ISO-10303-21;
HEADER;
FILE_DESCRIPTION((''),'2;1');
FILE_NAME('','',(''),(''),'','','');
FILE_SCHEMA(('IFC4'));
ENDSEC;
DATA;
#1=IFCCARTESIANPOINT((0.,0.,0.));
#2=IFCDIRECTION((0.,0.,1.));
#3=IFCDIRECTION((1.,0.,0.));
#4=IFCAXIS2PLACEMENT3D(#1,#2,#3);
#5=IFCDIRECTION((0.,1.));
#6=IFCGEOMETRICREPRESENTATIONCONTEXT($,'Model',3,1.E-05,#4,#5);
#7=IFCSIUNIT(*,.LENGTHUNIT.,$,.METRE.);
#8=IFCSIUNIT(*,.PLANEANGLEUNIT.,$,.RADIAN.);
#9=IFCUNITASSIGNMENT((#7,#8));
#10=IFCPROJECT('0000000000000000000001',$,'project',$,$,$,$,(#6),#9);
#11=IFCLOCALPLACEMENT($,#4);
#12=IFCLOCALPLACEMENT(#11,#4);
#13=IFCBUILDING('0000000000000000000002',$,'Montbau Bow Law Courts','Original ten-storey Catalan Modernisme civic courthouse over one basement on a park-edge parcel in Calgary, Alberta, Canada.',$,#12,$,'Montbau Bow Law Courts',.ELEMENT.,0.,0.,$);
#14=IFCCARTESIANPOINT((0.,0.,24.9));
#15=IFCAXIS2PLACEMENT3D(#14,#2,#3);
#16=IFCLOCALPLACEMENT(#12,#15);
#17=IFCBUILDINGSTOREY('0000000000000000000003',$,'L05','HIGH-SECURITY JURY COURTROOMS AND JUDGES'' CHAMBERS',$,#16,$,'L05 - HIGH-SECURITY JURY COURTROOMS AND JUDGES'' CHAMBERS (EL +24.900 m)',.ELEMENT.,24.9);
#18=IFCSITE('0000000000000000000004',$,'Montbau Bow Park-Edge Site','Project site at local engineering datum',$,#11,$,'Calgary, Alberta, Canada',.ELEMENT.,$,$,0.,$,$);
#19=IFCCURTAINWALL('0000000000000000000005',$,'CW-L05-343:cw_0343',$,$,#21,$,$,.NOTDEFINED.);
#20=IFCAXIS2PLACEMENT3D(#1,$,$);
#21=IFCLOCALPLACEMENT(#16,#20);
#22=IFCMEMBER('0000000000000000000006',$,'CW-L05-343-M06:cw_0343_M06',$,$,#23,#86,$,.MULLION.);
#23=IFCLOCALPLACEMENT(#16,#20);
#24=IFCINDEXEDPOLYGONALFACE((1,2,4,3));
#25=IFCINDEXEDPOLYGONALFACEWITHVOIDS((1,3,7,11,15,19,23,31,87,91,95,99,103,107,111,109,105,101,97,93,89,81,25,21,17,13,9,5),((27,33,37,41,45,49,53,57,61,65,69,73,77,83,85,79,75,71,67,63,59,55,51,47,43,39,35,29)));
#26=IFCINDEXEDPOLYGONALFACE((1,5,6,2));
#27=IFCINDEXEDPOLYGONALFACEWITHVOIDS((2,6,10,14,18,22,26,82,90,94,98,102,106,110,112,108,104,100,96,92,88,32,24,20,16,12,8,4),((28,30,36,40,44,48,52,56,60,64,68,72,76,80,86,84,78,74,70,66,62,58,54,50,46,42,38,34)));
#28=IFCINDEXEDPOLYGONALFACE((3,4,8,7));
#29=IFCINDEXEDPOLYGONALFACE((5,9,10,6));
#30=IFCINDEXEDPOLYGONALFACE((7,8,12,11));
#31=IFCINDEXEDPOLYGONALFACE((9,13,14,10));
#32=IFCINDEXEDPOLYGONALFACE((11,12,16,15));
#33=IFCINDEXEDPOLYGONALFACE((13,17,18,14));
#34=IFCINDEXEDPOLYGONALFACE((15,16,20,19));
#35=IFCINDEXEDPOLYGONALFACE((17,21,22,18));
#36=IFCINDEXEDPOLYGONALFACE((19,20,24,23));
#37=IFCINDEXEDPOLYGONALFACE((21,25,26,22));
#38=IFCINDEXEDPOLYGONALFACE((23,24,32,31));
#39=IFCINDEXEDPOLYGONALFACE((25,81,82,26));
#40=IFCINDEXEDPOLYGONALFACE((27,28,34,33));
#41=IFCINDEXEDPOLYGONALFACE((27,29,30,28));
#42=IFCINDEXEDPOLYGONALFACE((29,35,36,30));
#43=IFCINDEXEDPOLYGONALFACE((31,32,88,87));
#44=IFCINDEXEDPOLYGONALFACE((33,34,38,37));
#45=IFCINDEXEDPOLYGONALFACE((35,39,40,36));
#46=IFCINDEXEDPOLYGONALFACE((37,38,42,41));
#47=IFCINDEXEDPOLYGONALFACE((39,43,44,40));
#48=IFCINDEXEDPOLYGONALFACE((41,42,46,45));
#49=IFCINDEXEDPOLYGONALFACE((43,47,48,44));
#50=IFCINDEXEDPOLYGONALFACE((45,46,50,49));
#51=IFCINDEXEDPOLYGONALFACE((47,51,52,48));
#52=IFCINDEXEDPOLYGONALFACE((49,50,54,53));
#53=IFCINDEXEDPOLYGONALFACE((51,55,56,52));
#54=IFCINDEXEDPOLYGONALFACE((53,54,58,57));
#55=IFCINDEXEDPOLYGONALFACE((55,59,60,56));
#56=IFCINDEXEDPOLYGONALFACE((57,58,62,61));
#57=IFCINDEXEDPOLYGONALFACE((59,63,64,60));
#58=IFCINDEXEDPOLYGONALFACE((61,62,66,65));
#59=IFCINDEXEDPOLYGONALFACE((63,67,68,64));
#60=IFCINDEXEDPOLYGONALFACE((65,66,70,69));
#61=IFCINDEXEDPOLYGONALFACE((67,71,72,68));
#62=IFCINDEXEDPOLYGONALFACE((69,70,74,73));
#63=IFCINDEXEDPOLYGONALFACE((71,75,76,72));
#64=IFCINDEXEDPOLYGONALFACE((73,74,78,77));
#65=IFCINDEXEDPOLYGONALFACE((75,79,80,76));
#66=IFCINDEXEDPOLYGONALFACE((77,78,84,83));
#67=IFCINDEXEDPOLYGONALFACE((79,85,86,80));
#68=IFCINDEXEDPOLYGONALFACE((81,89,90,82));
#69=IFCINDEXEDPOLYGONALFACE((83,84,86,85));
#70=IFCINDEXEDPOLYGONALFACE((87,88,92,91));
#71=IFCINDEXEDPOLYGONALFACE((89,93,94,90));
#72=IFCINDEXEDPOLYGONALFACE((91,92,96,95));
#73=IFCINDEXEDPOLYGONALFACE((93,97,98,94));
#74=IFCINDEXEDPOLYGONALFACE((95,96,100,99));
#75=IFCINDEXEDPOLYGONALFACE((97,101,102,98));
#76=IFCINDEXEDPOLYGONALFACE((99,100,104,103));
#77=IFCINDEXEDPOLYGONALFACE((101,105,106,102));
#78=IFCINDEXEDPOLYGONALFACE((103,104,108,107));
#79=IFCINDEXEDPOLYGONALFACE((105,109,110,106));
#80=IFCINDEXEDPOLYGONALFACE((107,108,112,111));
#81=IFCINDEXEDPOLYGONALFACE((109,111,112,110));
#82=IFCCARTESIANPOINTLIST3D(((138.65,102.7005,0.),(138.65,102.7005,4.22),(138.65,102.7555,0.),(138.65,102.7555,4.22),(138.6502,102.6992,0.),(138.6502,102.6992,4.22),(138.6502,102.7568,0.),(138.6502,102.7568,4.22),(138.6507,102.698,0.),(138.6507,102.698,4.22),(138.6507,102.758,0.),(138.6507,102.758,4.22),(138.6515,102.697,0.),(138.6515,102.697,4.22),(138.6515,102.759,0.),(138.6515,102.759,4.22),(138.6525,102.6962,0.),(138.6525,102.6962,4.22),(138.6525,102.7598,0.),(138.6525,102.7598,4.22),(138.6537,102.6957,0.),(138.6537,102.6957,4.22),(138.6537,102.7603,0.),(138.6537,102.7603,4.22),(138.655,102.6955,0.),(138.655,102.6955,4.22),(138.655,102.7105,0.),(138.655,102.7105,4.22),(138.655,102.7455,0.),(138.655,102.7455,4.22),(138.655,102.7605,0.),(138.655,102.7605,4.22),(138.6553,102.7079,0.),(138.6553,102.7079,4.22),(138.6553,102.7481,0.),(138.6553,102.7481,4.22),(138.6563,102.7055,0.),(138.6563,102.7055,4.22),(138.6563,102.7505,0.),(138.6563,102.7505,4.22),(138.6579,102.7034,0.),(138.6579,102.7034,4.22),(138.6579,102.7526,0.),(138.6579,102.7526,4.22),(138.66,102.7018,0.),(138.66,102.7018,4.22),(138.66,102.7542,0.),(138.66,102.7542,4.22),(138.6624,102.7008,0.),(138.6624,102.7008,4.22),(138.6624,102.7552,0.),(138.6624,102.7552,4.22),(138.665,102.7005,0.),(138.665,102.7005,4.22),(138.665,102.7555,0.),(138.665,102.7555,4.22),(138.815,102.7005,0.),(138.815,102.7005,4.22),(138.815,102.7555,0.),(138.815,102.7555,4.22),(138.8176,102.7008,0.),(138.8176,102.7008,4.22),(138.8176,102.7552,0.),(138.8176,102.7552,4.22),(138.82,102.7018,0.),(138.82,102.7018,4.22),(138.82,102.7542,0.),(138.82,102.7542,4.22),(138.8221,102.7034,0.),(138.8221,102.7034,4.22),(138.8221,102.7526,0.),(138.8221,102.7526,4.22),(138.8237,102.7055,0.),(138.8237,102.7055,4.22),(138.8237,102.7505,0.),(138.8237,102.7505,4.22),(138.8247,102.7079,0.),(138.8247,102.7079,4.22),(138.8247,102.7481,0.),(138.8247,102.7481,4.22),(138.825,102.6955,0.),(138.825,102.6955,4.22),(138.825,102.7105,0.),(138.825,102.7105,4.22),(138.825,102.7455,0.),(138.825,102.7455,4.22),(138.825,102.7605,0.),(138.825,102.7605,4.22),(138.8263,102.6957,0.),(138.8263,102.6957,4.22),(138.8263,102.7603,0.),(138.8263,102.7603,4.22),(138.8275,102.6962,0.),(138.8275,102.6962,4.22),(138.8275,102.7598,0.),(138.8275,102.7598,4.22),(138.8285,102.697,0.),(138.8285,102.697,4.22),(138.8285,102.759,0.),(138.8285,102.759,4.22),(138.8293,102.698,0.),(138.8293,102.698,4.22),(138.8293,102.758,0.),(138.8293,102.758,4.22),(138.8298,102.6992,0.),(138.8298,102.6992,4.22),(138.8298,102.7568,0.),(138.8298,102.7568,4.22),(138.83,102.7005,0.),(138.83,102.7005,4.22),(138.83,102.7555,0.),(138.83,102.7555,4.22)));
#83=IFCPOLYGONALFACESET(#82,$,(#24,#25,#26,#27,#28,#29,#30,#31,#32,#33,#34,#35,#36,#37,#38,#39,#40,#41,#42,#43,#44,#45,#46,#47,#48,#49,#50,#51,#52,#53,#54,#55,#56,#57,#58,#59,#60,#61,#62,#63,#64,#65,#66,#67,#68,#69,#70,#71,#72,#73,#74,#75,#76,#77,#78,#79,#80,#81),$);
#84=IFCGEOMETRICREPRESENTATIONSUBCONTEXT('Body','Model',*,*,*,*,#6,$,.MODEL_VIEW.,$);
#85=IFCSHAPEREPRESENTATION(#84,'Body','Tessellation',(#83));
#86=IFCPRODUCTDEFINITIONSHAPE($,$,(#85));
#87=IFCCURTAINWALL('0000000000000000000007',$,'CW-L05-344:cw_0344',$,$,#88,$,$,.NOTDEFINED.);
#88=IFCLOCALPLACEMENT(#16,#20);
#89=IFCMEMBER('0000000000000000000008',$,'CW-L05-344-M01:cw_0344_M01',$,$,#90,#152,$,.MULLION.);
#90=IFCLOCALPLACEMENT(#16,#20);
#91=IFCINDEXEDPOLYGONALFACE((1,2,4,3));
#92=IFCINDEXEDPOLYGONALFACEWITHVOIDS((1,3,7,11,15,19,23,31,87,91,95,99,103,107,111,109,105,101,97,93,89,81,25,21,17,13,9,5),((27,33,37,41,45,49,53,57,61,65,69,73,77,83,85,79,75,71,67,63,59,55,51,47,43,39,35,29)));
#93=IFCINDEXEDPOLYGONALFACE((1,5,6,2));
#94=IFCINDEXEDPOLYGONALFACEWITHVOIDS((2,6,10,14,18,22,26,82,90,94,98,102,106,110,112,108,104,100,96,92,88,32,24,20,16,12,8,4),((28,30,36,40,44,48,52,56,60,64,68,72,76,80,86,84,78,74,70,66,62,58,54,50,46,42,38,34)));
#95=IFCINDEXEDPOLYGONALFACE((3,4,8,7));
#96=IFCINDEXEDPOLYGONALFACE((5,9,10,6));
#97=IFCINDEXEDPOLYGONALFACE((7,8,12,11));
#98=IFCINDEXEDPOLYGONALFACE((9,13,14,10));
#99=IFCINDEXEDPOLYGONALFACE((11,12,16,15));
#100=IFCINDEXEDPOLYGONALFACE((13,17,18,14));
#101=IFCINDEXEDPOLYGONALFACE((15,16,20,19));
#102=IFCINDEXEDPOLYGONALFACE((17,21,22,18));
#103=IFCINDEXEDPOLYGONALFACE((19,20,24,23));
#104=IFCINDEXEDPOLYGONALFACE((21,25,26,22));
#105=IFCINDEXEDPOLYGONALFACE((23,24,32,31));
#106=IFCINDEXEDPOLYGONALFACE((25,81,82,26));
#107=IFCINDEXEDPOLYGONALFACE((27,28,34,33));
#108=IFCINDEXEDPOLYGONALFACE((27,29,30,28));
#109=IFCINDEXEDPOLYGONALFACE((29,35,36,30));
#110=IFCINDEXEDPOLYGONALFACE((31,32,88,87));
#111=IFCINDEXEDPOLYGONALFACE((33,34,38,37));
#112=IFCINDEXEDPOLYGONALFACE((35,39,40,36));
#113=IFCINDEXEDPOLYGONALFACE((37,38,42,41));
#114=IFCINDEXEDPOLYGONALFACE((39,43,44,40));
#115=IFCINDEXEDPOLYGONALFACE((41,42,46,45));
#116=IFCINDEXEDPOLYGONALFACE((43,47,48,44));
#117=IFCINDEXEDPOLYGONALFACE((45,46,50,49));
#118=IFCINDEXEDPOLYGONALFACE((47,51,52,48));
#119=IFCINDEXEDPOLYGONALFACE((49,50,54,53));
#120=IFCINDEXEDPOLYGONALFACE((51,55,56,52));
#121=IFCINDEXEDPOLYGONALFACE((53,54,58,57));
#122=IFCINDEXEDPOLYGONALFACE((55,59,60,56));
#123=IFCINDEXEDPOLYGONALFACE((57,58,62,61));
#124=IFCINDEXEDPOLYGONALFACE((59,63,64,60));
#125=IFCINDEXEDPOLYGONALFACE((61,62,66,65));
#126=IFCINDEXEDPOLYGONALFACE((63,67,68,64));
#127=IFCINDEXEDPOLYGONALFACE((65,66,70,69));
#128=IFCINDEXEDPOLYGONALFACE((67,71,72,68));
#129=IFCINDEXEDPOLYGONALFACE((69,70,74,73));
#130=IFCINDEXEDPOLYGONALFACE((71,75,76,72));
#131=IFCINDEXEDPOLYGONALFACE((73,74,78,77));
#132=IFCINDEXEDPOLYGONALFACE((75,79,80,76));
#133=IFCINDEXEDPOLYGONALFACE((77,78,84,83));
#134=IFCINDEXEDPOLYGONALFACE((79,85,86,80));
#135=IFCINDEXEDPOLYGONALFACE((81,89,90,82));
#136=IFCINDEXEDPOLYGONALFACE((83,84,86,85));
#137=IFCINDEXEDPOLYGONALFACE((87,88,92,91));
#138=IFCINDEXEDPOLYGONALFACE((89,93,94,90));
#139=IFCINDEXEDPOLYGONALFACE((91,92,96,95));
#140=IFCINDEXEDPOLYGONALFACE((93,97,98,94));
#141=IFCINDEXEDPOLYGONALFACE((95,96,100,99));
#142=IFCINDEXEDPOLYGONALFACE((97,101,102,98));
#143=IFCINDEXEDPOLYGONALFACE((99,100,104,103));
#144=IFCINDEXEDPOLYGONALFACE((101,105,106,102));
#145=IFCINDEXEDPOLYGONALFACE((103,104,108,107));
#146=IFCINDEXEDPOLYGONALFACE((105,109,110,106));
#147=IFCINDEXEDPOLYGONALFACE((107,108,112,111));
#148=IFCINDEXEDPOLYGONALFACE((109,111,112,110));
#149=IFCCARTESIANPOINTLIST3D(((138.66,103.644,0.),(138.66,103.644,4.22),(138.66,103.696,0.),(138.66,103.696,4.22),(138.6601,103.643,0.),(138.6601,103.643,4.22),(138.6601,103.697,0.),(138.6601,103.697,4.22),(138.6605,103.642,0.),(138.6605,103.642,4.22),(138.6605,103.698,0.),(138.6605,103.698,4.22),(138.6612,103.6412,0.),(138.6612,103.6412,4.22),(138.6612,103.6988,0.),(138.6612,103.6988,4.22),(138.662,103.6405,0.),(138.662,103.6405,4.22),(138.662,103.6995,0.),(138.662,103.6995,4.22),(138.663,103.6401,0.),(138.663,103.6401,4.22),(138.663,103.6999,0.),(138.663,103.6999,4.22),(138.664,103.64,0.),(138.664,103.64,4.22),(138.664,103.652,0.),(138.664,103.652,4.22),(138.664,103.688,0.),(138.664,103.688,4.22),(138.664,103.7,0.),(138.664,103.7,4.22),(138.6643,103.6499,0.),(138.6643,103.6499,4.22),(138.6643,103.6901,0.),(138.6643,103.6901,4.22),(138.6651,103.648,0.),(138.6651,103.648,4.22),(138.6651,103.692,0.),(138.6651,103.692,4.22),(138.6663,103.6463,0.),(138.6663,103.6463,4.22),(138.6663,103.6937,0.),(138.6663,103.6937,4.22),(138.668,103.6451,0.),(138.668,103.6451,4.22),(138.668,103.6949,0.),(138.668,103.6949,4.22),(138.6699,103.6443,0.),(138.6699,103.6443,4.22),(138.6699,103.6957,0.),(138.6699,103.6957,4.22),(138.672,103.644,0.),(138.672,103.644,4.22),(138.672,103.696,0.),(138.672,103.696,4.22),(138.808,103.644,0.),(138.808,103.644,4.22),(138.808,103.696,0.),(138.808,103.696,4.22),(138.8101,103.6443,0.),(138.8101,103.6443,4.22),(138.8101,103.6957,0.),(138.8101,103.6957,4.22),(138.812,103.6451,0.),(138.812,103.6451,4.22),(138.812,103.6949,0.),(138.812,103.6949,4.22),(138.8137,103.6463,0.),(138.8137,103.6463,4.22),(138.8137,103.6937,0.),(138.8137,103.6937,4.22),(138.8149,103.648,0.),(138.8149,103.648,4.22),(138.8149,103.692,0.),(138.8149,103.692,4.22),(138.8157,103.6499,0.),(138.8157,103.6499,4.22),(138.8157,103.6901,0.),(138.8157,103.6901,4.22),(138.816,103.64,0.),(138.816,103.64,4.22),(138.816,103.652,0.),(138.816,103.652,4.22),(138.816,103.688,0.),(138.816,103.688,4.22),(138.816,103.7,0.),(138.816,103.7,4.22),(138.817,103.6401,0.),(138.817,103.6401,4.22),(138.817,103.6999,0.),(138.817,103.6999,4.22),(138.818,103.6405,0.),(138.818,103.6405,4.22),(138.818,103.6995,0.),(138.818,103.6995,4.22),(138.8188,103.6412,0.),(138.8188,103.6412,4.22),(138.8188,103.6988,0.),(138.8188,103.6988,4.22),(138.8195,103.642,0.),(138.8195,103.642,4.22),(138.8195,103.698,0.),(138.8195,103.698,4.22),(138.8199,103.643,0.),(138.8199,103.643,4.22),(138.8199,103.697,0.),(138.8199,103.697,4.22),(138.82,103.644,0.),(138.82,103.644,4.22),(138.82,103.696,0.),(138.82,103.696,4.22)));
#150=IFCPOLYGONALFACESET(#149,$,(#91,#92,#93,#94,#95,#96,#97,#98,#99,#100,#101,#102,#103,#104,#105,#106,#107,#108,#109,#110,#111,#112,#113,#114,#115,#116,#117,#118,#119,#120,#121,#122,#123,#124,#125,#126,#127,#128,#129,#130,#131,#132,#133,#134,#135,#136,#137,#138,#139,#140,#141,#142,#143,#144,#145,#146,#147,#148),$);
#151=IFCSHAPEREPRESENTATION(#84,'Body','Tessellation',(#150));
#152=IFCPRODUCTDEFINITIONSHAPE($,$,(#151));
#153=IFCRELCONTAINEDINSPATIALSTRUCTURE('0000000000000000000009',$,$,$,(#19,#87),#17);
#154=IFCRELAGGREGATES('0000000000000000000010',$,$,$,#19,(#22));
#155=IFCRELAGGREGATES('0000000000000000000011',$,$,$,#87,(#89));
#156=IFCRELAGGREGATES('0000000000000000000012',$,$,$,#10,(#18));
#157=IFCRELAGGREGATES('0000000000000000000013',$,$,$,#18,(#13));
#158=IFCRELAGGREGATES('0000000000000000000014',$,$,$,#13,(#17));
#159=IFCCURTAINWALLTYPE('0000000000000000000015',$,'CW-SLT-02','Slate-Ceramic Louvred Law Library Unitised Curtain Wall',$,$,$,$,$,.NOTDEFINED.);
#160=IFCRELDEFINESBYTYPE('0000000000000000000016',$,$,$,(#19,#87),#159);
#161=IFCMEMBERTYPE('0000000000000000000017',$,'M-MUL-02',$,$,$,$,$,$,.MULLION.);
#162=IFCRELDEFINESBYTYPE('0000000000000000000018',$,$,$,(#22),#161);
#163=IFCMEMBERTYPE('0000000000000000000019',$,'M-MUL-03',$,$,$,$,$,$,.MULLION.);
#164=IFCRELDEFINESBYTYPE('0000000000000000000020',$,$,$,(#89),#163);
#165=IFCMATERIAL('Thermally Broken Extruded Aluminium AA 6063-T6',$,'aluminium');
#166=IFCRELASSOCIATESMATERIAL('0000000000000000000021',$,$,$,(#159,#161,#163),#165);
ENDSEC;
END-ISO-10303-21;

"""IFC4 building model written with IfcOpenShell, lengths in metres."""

from ifc_helpers import new_model, si_unit, direction, frame, origin_with_axes, origin_2d_with_axis, place, context, subcontext, project, spatial, hollow_rectangle, extrude, material, material_profile, profile_set, type_object, element, aggregate, save


model = new_model("IFC4")

# Units and contexts
model_context = context("Model", 3, precision=1e-05, world=origin_with_axes(), true_north=direction((0.0, 1.0)))
body_context = subcontext(model_context, "Body", "Model", "MODEL_VIEW")
ifc_project = project(units=[si_unit("LENGTHUNIT", "METRE"), si_unit("PLANEANGLEUNIT", "RADIAN")], contexts=[model_context])

# Site, building, storey
site_placement = place(None, origin_with_axes())
site = spatial("IfcSite", under=ifc_project, at=site_placement, Name="Montbau Bow Park-Edge Site", Description="Project site at local engineering datum", LongName="Calgary, Alberta, Canada", CompositionType="ELEMENT", RefElevation=0.0)
building_placement = place(site_placement, origin_with_axes())
building = spatial("IfcBuilding", under=site, at=building_placement, Name="Montbau Bow Law Courts", Description="Original ten-storey Catalan Modernisme civic courthouse over one basement on a park-edge parcel in Calgary, Alberta, Canada.", LongName="Montbau Bow Law Courts", CompositionType="ELEMENT", ElevationOfRefHeight=0.0, ElevationOfTerrain=0.0)
storey_placement = place(building_placement, frame((0.0, 0.0, 24.9), z_axis=(0.0, 0.0, 1.0), x_axis=(1.0, 0.0, 0.0)))
storey = spatial("IfcBuildingStorey", under=building, at=storey_placement, Name="L05", Description="HIGH-SECURITY JURY COURTROOMS AND JUDGES' CHAMBERS", LongName="L05 - HIGH-SECURITY JURY COURTROOMS AND JUDGES' CHAMBERS (EL +24.900 m)", CompositionType="ELEMENT", Elevation=24.9)

# Curtain wall, member
ifc_material_1 = material(Name="Thermally Broken Extruded Aluminium AA 6063-T6", Category="aluminium")
curtain_wall_type = type_object("IfcCurtainWallType", Name="CW-SLT-02", Description="Slate-Ceramic Louvred Law Library Unitised Curtain Wall", PredefinedType="NOTDEFINED", material=ifc_material_1)
curtain_wall_1_placement = place(None, frame((138.74, 95.24, 24.9), z_axis=(0.0, 0.0, 1.0), x_axis=(1.0, 0.0, 0.0)))
curtain_wall_1 = element("IfcCurtainWall", 1, at=curtain_wall_1_placement, inside=storey, type_object=curtain_wall_type, Name="CW-L05-343:cw_0343", PredefinedType="NOTDEFINED")
ifc_material_profile_1 = material_profile(ifc_material_1, hollow_rectangle(XDim=0.065, YDim=0.18, WallThickness=0.005, InnerFilletRadius=0.01, OuterFilletRadius=0.005, at=origin_2d_with_axis()), Name="CWM-180X65", Category="Main", Priority=0)
ifc_profile_set_1 = profile_set([ifc_material_profile_1], Name="Thermally Broken Extruded Aluminium AA 6063-T6")
member_type_1 = type_object("IfcMemberType", Name="M-MUL-02", PredefinedType="MULLION", material=ifc_profile_set_1)
member_1_placement = place(None, frame((138.74, 102.728, 24.9), z_axis=(0.0, 0.0, 1.0), x_axis=(0.0, 1.0, 0.0)))
member_1 = element("IfcMember", 2, at=member_1_placement, type_object=member_type_1, Name="CW-L05-343-M06:cw_0343_M06", PredefinedType="MULLION", context=body_context, shape_type="SweptSolid", body=[
    extrude(hollow_rectangle(XDim=0.065, YDim=0.18, WallThickness=0.005, InnerFilletRadius=0.01, OuterFilletRadius=0.005, at=origin_2d_with_axis()), origin_with_axes(), (0.0, 0.0, 1.0), 4.22),
])
aggregate(curtain_wall_1, [member_1])

# Curtain wall, member
curtain_wall_2_placement = place(None, frame((138.74, 103.64, 24.9), z_axis=(0.0, 0.0, 1.0), x_axis=(1.0, 0.0, 0.0)))
curtain_wall_2 = element("IfcCurtainWall", 3, at=curtain_wall_2_placement, inside=storey, type_object=curtain_wall_type, Name="CW-L05-344:cw_0344", PredefinedType="NOTDEFINED")
ifc_material_profile_2 = material_profile(ifc_material_1, hollow_rectangle(XDim=0.06, YDim=0.16, WallThickness=0.004, InnerFilletRadius=0.008, OuterFilletRadius=0.004, at=origin_2d_with_axis()), Name="CWM-160X60", Category="Main", Priority=0)
ifc_profile_set_2 = profile_set([ifc_material_profile_2], Name="Thermally Broken Extruded Aluminium AA 6063-T6")
member_type_2 = type_object("IfcMemberType", Name="M-MUL-03", PredefinedType="MULLION", material=ifc_profile_set_2)
member_2_placement = place(None, frame((138.74, 103.67, 24.9), z_axis=(0.0, 0.0, 1.0), x_axis=(0.0, 1.0, 0.0)))
member_2 = element("IfcMember", 4, at=member_2_placement, type_object=member_type_2, Name="CW-L05-344-M01:cw_0344_M01", PredefinedType="MULLION", context=body_context, shape_type="SweptSolid", body=[
    extrude(hollow_rectangle(XDim=0.06, YDim=0.16, WallThickness=0.004, InnerFilletRadius=0.008, OuterFilletRadius=0.004, at=origin_2d_with_axis()), origin_with_axes(), (0.0, 0.0, 1.0), 4.22),
])
aggregate(curtain_wall_2, [member_2])

save(model, "model.ifc")
